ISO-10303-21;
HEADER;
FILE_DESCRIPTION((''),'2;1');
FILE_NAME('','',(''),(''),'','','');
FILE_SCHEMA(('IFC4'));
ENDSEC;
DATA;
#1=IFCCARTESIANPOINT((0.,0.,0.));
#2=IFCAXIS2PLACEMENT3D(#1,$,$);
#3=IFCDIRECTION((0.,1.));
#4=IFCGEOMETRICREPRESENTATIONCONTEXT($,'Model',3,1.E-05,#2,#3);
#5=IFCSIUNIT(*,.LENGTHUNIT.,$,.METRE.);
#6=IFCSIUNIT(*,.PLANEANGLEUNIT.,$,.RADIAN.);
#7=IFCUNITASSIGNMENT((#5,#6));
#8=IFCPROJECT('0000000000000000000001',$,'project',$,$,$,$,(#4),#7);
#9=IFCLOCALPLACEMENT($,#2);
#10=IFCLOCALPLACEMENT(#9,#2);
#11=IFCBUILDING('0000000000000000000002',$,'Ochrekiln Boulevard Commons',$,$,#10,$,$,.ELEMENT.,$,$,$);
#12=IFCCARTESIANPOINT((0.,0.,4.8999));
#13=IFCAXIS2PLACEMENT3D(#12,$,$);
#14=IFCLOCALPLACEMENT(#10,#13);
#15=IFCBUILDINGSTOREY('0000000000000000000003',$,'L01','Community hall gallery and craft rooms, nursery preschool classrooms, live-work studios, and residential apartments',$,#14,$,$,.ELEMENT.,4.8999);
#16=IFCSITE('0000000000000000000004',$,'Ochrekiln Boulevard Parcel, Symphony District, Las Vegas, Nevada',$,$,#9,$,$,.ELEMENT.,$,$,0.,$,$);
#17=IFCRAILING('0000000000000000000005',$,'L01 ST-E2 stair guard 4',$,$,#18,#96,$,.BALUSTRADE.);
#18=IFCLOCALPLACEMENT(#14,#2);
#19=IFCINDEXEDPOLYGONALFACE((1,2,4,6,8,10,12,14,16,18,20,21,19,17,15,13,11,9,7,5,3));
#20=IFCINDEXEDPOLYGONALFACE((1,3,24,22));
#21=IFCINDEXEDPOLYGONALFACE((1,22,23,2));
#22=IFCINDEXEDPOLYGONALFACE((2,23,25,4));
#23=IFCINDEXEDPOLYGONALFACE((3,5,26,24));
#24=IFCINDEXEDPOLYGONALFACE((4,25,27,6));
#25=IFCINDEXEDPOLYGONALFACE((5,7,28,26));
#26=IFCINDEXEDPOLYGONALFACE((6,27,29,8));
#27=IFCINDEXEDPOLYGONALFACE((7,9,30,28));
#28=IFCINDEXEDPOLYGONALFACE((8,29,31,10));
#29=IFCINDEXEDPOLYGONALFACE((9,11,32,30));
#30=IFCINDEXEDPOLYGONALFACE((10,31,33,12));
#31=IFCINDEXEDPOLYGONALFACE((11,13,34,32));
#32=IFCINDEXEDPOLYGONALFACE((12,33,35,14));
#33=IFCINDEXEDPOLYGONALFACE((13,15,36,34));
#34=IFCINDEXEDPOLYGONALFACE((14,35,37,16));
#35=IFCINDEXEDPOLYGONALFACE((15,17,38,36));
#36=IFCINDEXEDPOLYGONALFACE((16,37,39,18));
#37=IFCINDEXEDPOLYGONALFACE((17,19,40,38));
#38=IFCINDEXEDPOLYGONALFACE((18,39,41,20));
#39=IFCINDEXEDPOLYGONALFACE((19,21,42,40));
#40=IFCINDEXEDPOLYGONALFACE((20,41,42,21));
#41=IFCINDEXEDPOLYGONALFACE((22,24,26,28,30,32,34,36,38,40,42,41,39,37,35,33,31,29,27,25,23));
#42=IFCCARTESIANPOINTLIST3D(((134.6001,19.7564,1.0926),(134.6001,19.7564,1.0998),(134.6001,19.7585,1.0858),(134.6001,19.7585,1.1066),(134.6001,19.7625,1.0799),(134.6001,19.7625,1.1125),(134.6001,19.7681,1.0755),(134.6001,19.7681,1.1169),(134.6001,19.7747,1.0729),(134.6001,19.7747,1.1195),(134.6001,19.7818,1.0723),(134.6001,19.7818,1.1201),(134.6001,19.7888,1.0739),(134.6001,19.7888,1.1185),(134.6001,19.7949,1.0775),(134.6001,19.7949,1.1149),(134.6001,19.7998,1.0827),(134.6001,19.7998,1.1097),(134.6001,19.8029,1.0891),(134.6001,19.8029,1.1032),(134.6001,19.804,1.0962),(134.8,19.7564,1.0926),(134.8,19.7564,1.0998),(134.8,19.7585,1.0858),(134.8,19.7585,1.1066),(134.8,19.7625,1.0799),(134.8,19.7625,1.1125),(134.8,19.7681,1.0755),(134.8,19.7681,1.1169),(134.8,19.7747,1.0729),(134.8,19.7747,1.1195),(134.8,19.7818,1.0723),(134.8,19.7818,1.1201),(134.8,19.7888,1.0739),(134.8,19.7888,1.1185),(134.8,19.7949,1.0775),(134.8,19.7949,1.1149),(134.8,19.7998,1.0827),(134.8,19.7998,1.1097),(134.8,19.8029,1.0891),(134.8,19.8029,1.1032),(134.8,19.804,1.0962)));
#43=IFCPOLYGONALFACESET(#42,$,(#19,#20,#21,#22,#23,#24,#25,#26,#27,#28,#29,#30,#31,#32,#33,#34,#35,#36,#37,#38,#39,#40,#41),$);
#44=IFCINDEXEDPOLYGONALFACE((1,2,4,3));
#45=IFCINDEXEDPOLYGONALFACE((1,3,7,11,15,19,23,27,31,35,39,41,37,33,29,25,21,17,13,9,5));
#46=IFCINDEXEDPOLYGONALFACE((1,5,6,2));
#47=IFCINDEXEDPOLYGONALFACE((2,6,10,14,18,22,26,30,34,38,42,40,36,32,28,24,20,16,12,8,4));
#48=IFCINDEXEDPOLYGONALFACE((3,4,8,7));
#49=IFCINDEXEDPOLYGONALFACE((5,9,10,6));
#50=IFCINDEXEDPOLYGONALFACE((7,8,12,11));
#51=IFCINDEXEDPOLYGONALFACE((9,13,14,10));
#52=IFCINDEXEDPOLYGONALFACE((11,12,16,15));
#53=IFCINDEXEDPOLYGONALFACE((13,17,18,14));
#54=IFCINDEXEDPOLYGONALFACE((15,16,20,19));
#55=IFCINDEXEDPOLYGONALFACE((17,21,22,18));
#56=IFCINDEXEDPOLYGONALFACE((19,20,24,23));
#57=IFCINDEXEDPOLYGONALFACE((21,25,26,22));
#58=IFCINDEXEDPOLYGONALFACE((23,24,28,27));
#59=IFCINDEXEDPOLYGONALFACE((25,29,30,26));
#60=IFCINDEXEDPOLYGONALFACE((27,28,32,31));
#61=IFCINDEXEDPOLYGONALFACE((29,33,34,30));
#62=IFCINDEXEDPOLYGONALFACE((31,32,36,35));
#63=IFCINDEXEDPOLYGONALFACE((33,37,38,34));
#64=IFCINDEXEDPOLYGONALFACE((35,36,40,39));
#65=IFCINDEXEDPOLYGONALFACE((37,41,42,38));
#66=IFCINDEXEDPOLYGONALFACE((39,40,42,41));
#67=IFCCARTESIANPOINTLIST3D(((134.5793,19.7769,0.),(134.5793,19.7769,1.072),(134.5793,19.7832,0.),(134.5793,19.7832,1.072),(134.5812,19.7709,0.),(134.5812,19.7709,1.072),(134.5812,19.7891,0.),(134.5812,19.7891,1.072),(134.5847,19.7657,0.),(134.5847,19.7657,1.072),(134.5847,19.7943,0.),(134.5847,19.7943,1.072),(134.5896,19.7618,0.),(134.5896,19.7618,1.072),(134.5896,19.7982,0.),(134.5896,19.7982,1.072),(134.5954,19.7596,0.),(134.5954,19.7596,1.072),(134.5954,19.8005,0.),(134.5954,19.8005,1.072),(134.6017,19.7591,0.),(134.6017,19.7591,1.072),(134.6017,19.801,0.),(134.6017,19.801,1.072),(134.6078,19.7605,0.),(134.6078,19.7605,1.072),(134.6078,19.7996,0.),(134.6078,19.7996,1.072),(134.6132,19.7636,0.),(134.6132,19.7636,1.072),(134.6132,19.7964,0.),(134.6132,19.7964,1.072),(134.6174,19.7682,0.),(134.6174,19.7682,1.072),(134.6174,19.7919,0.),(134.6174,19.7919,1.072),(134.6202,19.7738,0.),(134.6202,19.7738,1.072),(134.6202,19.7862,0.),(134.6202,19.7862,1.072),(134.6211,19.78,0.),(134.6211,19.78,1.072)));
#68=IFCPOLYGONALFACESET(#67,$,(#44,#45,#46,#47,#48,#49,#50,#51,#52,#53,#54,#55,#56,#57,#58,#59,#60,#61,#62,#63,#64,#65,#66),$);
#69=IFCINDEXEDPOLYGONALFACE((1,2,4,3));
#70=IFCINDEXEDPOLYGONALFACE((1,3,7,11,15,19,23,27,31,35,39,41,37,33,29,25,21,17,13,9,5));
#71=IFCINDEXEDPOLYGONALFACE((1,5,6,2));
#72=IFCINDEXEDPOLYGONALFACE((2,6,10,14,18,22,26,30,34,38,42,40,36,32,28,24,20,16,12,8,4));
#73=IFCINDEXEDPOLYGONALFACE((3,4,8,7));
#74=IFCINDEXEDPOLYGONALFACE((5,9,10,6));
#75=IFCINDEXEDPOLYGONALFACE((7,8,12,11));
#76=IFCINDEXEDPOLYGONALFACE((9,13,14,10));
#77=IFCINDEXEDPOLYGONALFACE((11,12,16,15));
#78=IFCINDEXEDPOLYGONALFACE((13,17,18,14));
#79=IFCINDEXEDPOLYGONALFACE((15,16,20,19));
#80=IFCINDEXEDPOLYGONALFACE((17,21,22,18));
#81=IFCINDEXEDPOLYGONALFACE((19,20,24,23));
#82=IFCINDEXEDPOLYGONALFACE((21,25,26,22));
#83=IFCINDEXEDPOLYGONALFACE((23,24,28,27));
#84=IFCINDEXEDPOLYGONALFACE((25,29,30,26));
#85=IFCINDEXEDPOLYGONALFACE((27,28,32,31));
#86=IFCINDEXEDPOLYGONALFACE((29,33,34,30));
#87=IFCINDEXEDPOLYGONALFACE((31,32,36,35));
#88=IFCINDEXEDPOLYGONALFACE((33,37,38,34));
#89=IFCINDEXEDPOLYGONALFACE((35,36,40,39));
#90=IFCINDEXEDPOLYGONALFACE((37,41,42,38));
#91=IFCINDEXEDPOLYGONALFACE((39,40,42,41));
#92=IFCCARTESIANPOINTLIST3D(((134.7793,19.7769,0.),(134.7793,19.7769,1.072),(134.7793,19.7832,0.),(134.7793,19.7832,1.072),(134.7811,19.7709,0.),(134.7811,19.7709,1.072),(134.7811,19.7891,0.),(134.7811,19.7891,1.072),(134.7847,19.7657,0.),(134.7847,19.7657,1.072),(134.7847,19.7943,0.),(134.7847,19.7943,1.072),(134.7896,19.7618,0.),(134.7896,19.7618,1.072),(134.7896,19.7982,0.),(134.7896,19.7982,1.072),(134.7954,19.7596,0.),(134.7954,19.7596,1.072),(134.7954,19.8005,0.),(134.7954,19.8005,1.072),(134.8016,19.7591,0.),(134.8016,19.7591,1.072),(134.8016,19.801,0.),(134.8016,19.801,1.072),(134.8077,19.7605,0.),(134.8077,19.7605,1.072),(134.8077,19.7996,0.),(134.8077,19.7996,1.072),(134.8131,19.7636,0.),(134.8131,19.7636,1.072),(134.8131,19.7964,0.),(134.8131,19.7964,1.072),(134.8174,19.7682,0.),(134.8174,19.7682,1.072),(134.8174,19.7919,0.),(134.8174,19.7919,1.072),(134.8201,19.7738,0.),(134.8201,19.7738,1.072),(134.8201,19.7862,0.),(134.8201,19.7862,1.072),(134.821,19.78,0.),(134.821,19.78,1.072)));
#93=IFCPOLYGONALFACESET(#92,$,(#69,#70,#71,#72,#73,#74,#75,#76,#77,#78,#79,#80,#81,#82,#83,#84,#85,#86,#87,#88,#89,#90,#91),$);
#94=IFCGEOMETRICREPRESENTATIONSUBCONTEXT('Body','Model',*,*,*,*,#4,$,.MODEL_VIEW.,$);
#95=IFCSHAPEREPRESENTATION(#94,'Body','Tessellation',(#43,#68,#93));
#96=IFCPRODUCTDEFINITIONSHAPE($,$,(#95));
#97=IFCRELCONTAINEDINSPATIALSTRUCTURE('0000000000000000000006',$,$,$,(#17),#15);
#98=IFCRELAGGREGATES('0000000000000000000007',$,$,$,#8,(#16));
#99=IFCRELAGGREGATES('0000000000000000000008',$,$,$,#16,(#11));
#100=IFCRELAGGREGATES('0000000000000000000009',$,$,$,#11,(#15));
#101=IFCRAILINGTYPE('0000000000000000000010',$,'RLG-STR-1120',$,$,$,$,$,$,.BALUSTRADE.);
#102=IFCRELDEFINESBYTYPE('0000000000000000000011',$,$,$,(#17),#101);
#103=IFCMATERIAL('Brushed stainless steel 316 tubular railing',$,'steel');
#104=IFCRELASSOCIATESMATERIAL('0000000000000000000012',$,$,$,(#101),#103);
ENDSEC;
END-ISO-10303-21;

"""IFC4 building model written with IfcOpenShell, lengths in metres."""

from ifc_helpers import new_model, si_unit, direction, frame, origin, origin_2d, place, context, subcontext, project, spatial, circle, extrude, material, type_object, element, save


model = new_model("IFC4")

# Units and contexts
model_context = context("Model", 3, precision=1e-05, world=origin(), true_north=direction((0.0, 1.0)))
body_context = subcontext(model_context, "Body", "Model", "MODEL_VIEW")
ifc_project = project(units=[si_unit("LENGTHUNIT", "METRE"), si_unit("PLANEANGLEUNIT", "RADIAN")], contexts=[model_context])

# Site, building, storey
site_placement = place(None, origin())
site = spatial("IfcSite", under=ifc_project, at=site_placement, Name="Ochrekiln Boulevard Parcel, Symphony District, Las Vegas, Nevada", CompositionType="ELEMENT", RefElevation=0.0)
building_placement = place(site_placement, origin())
building = spatial("IfcBuilding", under=site, at=building_placement, Name="Ochrekiln Boulevard Commons", CompositionType="ELEMENT")
storey_placement = place(building_placement, frame((0.0, 0.0, 4.8999)))
storey = spatial("IfcBuildingStorey", under=building, at=storey_placement, Name="L01", Description="Community hall gallery and craft rooms, nursery preschool classrooms, live-work studios, and residential apartments", CompositionType="ELEMENT", Elevation=4.8999)

# Railing
ifc_material_1 = material(Name="Brushed stainless steel 316 tubular railing", Category="steel")
railing_type_1 = type_object("IfcRailingType", Name="RLG-STR-1120", PredefinedType="BALUSTRADE", material=ifc_material_1)
railing_1_placement = place(storey_placement, frame((134.6001, 19.78, 0.0)))
element("IfcRailing", 1, at=railing_1_placement, inside=storey, type_object=railing_type_1, Name="L01 ST-E2 stair guard 4", PredefinedType="BALUSTRADE", context=body_context, shape_type="SweptSolid", body=[
    extrude(circle(Radius=0.0239, at=origin_2d()), frame((0.0, 0.0, 1.0962), z_axis=(1.0, 0.0, 0.0), x_axis=(0.0, 1.0, 0.0)), (0.0, 0.0, 1.0), 0.2),
    extrude(circle(Radius=0.021, at=origin_2d()), origin(), (0.0, 0.0, 1.0), 1.072),
    extrude(circle(Radius=0.021, at=origin_2d()), frame((0.2, 0.0, 0.0)), (0.0, 0.0, 1.0), 1.072),
])

save(model, "model.ifc")
